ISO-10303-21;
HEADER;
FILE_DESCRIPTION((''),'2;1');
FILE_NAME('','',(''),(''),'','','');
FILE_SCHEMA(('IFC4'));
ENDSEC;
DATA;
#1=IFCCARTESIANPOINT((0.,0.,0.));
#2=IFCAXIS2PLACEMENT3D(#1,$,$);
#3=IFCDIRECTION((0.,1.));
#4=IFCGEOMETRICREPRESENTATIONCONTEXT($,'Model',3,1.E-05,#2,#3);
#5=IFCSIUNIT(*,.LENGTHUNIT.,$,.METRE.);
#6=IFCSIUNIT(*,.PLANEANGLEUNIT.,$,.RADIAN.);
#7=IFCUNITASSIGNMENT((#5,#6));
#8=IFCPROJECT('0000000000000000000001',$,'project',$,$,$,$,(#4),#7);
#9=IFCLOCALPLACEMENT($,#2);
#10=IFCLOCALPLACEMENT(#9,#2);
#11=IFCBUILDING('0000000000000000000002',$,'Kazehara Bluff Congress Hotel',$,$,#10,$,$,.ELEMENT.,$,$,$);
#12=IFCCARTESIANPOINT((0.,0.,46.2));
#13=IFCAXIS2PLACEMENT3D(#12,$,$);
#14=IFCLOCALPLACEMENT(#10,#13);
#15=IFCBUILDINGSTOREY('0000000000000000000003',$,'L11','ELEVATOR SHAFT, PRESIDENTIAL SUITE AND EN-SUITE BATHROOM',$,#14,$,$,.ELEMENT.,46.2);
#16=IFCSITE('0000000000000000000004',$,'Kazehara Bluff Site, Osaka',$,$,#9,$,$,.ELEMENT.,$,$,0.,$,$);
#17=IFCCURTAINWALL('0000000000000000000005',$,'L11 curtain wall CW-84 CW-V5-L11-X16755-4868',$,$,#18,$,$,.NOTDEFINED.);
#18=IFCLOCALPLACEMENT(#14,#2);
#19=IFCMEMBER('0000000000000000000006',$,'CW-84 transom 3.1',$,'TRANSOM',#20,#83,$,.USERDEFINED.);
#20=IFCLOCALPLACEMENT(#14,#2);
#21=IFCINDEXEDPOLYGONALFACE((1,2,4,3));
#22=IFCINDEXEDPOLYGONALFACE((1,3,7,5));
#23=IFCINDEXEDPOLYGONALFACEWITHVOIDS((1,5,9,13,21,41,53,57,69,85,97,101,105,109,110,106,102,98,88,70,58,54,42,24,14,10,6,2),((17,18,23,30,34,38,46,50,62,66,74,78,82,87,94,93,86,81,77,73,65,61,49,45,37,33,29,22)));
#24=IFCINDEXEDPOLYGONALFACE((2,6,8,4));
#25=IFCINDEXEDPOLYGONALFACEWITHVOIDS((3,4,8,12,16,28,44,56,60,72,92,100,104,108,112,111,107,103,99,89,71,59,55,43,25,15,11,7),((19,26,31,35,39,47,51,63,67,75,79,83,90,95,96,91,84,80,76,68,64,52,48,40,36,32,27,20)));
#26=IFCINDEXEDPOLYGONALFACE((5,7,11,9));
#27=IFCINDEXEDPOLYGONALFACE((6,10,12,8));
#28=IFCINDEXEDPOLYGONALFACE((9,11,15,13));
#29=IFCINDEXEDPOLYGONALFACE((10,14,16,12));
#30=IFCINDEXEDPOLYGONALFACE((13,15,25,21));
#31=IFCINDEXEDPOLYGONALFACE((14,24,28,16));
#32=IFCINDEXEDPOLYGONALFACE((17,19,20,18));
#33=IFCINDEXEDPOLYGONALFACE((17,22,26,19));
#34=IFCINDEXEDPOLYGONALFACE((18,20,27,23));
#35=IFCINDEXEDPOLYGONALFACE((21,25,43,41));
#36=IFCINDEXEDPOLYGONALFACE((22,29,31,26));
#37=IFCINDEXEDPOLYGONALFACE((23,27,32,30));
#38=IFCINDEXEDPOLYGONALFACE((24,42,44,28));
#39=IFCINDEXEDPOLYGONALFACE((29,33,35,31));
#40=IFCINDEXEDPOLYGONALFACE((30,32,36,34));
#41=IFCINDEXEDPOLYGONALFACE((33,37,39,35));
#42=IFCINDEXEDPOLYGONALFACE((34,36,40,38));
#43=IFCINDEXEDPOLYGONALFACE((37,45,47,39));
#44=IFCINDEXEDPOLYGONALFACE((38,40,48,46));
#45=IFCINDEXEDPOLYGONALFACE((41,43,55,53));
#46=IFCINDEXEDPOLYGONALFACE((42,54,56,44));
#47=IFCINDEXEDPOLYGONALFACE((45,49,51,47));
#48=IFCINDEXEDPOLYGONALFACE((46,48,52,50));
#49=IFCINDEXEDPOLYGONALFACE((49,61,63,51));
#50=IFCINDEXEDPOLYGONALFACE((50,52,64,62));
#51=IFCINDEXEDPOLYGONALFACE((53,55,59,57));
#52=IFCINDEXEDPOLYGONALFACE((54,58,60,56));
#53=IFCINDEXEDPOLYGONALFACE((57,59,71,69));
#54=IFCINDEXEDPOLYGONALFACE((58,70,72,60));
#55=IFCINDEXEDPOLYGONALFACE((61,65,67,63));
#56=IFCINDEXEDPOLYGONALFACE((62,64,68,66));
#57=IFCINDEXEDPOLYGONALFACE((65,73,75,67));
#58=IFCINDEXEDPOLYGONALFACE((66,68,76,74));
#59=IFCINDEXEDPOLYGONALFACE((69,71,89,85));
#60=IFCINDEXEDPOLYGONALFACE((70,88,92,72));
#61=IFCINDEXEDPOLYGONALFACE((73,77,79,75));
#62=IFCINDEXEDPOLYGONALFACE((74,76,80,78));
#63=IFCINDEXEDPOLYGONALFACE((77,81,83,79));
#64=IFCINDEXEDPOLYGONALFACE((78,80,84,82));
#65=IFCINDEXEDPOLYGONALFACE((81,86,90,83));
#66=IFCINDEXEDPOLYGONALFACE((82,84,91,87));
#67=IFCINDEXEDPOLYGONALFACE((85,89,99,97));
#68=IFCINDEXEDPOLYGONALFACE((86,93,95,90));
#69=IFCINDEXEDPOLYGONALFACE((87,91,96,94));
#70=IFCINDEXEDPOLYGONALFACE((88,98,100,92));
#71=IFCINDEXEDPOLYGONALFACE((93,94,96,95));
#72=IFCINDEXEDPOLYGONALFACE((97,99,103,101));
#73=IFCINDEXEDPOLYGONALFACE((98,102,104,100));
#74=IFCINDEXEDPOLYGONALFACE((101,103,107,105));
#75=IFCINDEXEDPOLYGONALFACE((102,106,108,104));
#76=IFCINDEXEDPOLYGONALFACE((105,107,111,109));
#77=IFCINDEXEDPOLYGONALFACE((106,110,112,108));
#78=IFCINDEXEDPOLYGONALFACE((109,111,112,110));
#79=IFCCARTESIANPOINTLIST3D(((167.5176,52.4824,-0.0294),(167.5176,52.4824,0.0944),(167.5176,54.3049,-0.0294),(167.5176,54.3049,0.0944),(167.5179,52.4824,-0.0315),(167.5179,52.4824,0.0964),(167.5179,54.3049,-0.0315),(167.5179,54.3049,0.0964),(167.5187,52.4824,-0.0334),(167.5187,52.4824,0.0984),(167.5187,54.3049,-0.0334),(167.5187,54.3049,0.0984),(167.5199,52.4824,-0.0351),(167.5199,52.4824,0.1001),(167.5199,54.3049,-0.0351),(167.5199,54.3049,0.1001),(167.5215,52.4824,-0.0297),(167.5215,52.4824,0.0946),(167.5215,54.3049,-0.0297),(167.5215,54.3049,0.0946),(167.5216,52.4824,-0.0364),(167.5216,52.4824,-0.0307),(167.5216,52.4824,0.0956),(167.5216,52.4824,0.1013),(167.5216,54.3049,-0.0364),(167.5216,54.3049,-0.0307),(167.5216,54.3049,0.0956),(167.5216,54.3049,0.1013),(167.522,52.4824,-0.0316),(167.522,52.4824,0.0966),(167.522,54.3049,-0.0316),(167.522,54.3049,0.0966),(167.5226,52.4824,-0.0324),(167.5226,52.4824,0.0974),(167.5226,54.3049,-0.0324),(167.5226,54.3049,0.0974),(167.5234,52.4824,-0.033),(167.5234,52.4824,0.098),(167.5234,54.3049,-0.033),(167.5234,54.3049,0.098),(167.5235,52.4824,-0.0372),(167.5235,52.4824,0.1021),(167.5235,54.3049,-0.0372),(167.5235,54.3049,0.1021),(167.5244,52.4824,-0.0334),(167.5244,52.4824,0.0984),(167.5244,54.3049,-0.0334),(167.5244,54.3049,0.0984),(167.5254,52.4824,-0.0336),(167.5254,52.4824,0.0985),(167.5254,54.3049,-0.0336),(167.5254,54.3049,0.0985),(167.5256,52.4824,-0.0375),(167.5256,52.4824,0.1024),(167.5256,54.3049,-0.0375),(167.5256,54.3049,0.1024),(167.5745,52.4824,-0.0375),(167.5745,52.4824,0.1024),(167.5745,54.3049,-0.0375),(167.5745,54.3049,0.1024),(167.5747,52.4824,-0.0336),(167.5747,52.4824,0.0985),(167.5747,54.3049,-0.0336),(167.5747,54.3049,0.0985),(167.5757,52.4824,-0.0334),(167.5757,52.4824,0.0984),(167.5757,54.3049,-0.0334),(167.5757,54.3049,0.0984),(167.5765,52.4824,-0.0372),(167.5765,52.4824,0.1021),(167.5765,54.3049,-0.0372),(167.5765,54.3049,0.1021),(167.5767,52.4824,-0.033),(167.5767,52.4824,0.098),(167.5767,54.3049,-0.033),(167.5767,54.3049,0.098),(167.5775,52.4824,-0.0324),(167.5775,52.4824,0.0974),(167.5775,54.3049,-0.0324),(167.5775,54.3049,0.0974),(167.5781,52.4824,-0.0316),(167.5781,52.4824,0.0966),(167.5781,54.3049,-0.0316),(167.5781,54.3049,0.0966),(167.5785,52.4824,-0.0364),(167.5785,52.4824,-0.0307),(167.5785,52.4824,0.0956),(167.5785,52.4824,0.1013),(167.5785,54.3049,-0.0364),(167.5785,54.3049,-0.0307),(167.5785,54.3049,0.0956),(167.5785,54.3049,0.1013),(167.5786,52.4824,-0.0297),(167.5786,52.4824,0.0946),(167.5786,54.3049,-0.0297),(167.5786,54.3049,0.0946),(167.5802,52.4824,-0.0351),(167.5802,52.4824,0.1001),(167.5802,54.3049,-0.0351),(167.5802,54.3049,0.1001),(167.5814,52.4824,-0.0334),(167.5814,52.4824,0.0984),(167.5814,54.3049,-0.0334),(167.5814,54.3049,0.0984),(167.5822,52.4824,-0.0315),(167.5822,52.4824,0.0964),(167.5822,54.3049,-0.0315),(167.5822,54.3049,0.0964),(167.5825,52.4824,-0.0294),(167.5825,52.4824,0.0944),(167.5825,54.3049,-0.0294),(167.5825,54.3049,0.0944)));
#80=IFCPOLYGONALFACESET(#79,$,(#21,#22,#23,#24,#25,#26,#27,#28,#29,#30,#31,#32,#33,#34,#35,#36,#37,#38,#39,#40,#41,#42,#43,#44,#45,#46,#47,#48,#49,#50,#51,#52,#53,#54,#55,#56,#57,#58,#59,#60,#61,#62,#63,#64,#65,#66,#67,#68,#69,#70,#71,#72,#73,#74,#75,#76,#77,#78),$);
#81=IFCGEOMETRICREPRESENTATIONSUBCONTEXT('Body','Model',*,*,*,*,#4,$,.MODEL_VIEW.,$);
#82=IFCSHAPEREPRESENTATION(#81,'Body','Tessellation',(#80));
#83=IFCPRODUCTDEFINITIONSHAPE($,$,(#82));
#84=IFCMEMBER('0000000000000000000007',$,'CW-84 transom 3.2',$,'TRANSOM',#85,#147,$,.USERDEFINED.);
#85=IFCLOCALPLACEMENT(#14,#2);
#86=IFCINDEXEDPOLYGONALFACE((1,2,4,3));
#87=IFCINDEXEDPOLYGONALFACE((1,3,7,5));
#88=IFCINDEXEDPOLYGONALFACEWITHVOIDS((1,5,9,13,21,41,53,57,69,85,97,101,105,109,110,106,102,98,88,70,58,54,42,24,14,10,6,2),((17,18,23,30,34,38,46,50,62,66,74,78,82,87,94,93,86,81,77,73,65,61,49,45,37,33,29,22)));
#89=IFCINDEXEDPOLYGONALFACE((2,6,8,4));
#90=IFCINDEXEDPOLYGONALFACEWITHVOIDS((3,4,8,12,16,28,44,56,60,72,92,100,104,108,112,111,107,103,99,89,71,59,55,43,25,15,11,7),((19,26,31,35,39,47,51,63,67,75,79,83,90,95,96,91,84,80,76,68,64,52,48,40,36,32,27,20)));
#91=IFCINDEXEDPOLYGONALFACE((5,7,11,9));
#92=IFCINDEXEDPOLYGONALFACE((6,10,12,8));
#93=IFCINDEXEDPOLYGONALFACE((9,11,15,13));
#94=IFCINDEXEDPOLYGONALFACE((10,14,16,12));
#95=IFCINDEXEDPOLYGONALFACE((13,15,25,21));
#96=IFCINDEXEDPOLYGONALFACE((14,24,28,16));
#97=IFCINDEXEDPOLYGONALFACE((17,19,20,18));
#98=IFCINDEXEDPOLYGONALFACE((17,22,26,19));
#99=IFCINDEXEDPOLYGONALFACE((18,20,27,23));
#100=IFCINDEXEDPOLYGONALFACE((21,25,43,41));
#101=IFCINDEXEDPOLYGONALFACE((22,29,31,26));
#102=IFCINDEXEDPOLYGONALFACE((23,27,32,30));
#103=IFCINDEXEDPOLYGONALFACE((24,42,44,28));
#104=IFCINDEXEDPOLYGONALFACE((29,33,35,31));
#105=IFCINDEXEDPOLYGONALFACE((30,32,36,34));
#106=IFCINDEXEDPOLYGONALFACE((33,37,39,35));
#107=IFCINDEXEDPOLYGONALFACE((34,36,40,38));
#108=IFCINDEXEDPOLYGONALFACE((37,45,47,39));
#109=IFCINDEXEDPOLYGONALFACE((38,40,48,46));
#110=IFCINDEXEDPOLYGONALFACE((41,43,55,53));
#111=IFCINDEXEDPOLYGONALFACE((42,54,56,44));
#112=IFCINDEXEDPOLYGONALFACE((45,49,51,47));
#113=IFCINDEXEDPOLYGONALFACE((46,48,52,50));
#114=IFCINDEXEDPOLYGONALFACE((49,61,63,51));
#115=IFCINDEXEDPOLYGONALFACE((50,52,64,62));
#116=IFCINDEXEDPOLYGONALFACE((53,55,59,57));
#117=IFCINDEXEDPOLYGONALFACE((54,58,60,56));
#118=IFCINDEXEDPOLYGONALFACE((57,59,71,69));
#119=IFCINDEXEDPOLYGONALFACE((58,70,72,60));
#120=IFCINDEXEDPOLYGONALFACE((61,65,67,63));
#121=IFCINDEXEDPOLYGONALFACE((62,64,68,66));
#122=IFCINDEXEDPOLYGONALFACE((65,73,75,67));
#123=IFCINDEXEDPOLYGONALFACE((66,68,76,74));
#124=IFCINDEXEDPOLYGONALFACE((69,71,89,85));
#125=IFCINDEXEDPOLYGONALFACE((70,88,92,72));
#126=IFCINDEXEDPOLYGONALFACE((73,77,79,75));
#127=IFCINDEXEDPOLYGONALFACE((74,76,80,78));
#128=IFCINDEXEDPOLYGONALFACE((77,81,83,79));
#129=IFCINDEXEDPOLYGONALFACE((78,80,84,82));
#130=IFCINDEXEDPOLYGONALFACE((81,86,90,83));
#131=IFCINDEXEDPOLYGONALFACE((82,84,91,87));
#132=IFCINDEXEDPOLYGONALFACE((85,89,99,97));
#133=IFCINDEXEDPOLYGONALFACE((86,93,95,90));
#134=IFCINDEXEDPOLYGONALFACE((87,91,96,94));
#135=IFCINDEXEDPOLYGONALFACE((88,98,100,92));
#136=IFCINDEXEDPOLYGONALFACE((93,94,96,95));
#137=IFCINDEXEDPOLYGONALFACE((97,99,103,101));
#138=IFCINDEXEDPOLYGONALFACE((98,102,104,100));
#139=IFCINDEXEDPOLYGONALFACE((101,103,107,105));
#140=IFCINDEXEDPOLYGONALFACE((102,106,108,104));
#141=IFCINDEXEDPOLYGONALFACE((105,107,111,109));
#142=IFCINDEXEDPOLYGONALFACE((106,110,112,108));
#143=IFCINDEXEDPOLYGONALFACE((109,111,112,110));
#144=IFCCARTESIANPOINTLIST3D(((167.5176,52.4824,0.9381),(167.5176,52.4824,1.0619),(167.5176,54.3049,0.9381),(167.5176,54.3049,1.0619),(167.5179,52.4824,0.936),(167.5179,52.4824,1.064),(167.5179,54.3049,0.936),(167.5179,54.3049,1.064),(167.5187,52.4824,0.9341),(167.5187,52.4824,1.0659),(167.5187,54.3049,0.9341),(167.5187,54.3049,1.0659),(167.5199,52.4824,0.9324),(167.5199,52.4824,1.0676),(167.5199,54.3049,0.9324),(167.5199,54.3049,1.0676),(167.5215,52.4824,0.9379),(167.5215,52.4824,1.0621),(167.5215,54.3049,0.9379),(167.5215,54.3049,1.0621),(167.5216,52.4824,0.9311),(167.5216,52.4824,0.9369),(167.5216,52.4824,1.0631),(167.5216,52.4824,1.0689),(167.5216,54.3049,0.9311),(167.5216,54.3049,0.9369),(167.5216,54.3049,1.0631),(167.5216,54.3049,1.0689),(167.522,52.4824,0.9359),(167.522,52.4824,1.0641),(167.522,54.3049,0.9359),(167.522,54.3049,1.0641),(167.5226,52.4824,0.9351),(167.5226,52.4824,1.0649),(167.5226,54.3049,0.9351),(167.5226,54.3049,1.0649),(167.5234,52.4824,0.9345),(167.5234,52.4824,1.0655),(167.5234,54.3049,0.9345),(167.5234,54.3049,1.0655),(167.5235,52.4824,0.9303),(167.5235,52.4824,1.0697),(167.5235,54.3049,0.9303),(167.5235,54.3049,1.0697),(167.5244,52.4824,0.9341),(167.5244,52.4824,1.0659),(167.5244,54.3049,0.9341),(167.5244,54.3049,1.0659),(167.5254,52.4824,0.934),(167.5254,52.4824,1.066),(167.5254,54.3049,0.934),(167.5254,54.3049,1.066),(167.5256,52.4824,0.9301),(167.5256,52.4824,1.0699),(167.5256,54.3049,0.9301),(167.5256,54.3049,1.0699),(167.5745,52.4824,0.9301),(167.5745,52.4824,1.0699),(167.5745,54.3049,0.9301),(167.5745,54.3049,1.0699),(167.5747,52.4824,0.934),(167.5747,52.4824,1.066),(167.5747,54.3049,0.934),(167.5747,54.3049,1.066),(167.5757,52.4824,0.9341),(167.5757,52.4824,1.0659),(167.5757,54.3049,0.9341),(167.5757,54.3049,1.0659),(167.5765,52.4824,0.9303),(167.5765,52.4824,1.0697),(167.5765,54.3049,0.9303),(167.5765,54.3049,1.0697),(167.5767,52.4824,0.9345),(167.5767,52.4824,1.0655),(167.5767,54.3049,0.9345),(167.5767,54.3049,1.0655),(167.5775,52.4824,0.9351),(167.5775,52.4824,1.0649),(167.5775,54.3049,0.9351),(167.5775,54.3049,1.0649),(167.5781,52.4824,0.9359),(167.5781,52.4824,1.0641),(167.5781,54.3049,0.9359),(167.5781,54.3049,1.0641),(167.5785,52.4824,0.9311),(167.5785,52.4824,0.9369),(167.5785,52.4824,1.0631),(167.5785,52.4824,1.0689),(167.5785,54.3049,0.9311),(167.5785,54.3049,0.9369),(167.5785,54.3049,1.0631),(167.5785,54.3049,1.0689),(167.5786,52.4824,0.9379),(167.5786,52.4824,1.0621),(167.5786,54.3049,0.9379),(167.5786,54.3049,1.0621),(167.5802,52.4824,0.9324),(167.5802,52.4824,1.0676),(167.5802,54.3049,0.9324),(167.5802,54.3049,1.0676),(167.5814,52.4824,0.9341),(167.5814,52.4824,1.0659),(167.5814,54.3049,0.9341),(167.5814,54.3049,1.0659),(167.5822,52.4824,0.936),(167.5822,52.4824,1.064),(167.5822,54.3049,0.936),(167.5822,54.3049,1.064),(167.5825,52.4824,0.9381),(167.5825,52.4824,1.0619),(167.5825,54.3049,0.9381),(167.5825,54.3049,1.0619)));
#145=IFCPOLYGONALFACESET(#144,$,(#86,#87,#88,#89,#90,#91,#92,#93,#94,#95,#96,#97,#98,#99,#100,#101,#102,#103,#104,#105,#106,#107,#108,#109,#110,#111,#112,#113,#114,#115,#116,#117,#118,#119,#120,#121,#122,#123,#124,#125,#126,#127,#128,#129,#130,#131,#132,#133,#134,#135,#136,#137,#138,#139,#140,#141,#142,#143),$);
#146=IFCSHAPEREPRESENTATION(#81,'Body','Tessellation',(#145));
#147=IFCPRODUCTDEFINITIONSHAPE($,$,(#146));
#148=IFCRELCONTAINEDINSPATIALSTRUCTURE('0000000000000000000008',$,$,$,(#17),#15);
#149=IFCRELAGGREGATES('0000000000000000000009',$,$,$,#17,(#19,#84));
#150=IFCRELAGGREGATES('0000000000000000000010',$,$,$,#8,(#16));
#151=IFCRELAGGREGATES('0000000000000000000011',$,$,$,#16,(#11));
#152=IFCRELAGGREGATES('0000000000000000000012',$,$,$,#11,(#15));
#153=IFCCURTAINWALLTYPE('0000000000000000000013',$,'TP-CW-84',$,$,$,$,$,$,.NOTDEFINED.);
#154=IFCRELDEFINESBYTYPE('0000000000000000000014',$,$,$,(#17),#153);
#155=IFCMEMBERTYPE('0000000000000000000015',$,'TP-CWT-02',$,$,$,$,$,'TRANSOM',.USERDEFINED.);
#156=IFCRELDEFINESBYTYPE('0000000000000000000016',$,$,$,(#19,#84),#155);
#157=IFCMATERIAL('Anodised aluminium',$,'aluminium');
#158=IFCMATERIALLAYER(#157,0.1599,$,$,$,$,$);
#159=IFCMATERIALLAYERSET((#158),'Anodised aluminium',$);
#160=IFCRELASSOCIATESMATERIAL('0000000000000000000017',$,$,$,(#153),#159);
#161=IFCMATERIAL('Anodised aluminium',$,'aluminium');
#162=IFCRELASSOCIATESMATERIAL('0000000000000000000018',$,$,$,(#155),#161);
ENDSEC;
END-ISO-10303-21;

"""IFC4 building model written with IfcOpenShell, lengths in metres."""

from ifc_helpers import new_model, si_unit, direction, frame, origin, origin_2d, place, context, subcontext, project, spatial, hollow_rectangle, extrude, material, layer, layer_set, material_profile, profile_set, type_object, element, aggregate, save


model = new_model("IFC4")

# Units and contexts
model_context = context("Model", 3, precision=1e-05, world=origin(), true_north=direction((0.0, 1.0)))
body_context = subcontext(model_context, "Body", "Model", "MODEL_VIEW")
ifc_project = project(units=[si_unit("LENGTHUNIT", "METRE"), si_unit("PLANEANGLEUNIT", "RADIAN")], contexts=[model_context])

# Site, building, storey
site_placement = place(None, origin())
site = spatial("IfcSite", under=ifc_project, at=site_placement, Name="Kazehara Bluff Site, Osaka", CompositionType="ELEMENT", RefElevation=0.0)
building_placement = place(site_placement, origin())
building = spatial("IfcBuilding", under=site, at=building_placement, Name="Kazehara Bluff Congress Hotel", CompositionType="ELEMENT")
storey_placement = place(building_placement, frame((0.0, 0.0, 46.2)))
storey = spatial("IfcBuildingStorey", under=building, at=storey_placement, Name="L11", Description="ELEVATOR SHAFT, PRESIDENTIAL SUITE AND EN-SUITE BATHROOM", CompositionType="ELEMENT", Elevation=46.2)

# Curtain wall, members
ifc_material_1 = material(Name="Anodised aluminium", Category="aluminium")
ifc_layer_1 = layer(ifc_material_1, 0.1599)
ifc_layer_set_1 = layer_set([ifc_layer_1], Name="Anodised aluminium")
curtain_wall_type = type_object("IfcCurtainWallType", Name="TP-CW-84", PredefinedType="NOTDEFINED", material=ifc_layer_set_1)
curtain_wall_placement = place(storey_placement, origin())
curtain_wall = element("IfcCurtainWall", 1, at=curtain_wall_placement, inside=storey, type_object=curtain_wall_type, Name="L11 curtain wall CW-84 CW-V5-L11-X16755-4868", PredefinedType="NOTDEFINED")
ifc_material_2 = material(Name="Anodised aluminium", Category="aluminium")
ifc_material_profile_1 = material_profile(ifc_material_2, hollow_rectangle(XDim=0.0649, YDim=0.1399, WallThickness=0.0039, InnerFilletRadius=0.0039, OuterFilletRadius=0.0081, at=origin_2d()))
ifc_profile_set_1 = profile_set([ifc_material_profile_1], Name="Anodised aluminium")
member_type_1 = type_object("IfcMemberType", Name="TP-CWT-02", ElementType="TRANSOM", PredefinedType="USERDEFINED", material=ifc_profile_set_1)
member_1_placement = place(storey_placement, frame((167.55, 52.4824, 0.0325), z_axis=(0.0, 1.0, 0.0), x_axis=(-1.0, 0.0, 0.0)))
member_1 = element("IfcMember", 2, at=member_1_placement, type_object=member_type_1, Name="CW-84 transom 3.1", ObjectType="TRANSOM", PredefinedType="USERDEFINED", context=body_context, shape_type="SweptSolid", body=[
    extrude(hollow_rectangle(XDim=0.0649, YDim=0.1399, WallThickness=0.0039, InnerFilletRadius=0.0039, OuterFilletRadius=0.0081, at=origin_2d()), origin(), (0.0, 0.0, 1.0), 1.8225),
])
member_2_placement = place(storey_placement, frame((167.55, 52.4824, 1.0), z_axis=(0.0, 1.0, 0.0), x_axis=(-1.0, 0.0, 0.0)))
member_2 = element("IfcMember", 3, at=member_2_placement, type_object=member_type_1, Name="CW-84 transom 3.2", ObjectType="TRANSOM", PredefinedType="USERDEFINED", context=body_context, shape_type="SweptSolid", body=[
    extrude(hollow_rectangle(XDim=0.0649, YDim=0.1399, WallThickness=0.0039, InnerFilletRadius=0.0039, OuterFilletRadius=0.0081, at=origin_2d()), origin(), (0.0, 0.0, 1.0), 1.8225),
])

aggregate(curtain_wall, [member_1, member_2])

save(model, "model.ifc")
